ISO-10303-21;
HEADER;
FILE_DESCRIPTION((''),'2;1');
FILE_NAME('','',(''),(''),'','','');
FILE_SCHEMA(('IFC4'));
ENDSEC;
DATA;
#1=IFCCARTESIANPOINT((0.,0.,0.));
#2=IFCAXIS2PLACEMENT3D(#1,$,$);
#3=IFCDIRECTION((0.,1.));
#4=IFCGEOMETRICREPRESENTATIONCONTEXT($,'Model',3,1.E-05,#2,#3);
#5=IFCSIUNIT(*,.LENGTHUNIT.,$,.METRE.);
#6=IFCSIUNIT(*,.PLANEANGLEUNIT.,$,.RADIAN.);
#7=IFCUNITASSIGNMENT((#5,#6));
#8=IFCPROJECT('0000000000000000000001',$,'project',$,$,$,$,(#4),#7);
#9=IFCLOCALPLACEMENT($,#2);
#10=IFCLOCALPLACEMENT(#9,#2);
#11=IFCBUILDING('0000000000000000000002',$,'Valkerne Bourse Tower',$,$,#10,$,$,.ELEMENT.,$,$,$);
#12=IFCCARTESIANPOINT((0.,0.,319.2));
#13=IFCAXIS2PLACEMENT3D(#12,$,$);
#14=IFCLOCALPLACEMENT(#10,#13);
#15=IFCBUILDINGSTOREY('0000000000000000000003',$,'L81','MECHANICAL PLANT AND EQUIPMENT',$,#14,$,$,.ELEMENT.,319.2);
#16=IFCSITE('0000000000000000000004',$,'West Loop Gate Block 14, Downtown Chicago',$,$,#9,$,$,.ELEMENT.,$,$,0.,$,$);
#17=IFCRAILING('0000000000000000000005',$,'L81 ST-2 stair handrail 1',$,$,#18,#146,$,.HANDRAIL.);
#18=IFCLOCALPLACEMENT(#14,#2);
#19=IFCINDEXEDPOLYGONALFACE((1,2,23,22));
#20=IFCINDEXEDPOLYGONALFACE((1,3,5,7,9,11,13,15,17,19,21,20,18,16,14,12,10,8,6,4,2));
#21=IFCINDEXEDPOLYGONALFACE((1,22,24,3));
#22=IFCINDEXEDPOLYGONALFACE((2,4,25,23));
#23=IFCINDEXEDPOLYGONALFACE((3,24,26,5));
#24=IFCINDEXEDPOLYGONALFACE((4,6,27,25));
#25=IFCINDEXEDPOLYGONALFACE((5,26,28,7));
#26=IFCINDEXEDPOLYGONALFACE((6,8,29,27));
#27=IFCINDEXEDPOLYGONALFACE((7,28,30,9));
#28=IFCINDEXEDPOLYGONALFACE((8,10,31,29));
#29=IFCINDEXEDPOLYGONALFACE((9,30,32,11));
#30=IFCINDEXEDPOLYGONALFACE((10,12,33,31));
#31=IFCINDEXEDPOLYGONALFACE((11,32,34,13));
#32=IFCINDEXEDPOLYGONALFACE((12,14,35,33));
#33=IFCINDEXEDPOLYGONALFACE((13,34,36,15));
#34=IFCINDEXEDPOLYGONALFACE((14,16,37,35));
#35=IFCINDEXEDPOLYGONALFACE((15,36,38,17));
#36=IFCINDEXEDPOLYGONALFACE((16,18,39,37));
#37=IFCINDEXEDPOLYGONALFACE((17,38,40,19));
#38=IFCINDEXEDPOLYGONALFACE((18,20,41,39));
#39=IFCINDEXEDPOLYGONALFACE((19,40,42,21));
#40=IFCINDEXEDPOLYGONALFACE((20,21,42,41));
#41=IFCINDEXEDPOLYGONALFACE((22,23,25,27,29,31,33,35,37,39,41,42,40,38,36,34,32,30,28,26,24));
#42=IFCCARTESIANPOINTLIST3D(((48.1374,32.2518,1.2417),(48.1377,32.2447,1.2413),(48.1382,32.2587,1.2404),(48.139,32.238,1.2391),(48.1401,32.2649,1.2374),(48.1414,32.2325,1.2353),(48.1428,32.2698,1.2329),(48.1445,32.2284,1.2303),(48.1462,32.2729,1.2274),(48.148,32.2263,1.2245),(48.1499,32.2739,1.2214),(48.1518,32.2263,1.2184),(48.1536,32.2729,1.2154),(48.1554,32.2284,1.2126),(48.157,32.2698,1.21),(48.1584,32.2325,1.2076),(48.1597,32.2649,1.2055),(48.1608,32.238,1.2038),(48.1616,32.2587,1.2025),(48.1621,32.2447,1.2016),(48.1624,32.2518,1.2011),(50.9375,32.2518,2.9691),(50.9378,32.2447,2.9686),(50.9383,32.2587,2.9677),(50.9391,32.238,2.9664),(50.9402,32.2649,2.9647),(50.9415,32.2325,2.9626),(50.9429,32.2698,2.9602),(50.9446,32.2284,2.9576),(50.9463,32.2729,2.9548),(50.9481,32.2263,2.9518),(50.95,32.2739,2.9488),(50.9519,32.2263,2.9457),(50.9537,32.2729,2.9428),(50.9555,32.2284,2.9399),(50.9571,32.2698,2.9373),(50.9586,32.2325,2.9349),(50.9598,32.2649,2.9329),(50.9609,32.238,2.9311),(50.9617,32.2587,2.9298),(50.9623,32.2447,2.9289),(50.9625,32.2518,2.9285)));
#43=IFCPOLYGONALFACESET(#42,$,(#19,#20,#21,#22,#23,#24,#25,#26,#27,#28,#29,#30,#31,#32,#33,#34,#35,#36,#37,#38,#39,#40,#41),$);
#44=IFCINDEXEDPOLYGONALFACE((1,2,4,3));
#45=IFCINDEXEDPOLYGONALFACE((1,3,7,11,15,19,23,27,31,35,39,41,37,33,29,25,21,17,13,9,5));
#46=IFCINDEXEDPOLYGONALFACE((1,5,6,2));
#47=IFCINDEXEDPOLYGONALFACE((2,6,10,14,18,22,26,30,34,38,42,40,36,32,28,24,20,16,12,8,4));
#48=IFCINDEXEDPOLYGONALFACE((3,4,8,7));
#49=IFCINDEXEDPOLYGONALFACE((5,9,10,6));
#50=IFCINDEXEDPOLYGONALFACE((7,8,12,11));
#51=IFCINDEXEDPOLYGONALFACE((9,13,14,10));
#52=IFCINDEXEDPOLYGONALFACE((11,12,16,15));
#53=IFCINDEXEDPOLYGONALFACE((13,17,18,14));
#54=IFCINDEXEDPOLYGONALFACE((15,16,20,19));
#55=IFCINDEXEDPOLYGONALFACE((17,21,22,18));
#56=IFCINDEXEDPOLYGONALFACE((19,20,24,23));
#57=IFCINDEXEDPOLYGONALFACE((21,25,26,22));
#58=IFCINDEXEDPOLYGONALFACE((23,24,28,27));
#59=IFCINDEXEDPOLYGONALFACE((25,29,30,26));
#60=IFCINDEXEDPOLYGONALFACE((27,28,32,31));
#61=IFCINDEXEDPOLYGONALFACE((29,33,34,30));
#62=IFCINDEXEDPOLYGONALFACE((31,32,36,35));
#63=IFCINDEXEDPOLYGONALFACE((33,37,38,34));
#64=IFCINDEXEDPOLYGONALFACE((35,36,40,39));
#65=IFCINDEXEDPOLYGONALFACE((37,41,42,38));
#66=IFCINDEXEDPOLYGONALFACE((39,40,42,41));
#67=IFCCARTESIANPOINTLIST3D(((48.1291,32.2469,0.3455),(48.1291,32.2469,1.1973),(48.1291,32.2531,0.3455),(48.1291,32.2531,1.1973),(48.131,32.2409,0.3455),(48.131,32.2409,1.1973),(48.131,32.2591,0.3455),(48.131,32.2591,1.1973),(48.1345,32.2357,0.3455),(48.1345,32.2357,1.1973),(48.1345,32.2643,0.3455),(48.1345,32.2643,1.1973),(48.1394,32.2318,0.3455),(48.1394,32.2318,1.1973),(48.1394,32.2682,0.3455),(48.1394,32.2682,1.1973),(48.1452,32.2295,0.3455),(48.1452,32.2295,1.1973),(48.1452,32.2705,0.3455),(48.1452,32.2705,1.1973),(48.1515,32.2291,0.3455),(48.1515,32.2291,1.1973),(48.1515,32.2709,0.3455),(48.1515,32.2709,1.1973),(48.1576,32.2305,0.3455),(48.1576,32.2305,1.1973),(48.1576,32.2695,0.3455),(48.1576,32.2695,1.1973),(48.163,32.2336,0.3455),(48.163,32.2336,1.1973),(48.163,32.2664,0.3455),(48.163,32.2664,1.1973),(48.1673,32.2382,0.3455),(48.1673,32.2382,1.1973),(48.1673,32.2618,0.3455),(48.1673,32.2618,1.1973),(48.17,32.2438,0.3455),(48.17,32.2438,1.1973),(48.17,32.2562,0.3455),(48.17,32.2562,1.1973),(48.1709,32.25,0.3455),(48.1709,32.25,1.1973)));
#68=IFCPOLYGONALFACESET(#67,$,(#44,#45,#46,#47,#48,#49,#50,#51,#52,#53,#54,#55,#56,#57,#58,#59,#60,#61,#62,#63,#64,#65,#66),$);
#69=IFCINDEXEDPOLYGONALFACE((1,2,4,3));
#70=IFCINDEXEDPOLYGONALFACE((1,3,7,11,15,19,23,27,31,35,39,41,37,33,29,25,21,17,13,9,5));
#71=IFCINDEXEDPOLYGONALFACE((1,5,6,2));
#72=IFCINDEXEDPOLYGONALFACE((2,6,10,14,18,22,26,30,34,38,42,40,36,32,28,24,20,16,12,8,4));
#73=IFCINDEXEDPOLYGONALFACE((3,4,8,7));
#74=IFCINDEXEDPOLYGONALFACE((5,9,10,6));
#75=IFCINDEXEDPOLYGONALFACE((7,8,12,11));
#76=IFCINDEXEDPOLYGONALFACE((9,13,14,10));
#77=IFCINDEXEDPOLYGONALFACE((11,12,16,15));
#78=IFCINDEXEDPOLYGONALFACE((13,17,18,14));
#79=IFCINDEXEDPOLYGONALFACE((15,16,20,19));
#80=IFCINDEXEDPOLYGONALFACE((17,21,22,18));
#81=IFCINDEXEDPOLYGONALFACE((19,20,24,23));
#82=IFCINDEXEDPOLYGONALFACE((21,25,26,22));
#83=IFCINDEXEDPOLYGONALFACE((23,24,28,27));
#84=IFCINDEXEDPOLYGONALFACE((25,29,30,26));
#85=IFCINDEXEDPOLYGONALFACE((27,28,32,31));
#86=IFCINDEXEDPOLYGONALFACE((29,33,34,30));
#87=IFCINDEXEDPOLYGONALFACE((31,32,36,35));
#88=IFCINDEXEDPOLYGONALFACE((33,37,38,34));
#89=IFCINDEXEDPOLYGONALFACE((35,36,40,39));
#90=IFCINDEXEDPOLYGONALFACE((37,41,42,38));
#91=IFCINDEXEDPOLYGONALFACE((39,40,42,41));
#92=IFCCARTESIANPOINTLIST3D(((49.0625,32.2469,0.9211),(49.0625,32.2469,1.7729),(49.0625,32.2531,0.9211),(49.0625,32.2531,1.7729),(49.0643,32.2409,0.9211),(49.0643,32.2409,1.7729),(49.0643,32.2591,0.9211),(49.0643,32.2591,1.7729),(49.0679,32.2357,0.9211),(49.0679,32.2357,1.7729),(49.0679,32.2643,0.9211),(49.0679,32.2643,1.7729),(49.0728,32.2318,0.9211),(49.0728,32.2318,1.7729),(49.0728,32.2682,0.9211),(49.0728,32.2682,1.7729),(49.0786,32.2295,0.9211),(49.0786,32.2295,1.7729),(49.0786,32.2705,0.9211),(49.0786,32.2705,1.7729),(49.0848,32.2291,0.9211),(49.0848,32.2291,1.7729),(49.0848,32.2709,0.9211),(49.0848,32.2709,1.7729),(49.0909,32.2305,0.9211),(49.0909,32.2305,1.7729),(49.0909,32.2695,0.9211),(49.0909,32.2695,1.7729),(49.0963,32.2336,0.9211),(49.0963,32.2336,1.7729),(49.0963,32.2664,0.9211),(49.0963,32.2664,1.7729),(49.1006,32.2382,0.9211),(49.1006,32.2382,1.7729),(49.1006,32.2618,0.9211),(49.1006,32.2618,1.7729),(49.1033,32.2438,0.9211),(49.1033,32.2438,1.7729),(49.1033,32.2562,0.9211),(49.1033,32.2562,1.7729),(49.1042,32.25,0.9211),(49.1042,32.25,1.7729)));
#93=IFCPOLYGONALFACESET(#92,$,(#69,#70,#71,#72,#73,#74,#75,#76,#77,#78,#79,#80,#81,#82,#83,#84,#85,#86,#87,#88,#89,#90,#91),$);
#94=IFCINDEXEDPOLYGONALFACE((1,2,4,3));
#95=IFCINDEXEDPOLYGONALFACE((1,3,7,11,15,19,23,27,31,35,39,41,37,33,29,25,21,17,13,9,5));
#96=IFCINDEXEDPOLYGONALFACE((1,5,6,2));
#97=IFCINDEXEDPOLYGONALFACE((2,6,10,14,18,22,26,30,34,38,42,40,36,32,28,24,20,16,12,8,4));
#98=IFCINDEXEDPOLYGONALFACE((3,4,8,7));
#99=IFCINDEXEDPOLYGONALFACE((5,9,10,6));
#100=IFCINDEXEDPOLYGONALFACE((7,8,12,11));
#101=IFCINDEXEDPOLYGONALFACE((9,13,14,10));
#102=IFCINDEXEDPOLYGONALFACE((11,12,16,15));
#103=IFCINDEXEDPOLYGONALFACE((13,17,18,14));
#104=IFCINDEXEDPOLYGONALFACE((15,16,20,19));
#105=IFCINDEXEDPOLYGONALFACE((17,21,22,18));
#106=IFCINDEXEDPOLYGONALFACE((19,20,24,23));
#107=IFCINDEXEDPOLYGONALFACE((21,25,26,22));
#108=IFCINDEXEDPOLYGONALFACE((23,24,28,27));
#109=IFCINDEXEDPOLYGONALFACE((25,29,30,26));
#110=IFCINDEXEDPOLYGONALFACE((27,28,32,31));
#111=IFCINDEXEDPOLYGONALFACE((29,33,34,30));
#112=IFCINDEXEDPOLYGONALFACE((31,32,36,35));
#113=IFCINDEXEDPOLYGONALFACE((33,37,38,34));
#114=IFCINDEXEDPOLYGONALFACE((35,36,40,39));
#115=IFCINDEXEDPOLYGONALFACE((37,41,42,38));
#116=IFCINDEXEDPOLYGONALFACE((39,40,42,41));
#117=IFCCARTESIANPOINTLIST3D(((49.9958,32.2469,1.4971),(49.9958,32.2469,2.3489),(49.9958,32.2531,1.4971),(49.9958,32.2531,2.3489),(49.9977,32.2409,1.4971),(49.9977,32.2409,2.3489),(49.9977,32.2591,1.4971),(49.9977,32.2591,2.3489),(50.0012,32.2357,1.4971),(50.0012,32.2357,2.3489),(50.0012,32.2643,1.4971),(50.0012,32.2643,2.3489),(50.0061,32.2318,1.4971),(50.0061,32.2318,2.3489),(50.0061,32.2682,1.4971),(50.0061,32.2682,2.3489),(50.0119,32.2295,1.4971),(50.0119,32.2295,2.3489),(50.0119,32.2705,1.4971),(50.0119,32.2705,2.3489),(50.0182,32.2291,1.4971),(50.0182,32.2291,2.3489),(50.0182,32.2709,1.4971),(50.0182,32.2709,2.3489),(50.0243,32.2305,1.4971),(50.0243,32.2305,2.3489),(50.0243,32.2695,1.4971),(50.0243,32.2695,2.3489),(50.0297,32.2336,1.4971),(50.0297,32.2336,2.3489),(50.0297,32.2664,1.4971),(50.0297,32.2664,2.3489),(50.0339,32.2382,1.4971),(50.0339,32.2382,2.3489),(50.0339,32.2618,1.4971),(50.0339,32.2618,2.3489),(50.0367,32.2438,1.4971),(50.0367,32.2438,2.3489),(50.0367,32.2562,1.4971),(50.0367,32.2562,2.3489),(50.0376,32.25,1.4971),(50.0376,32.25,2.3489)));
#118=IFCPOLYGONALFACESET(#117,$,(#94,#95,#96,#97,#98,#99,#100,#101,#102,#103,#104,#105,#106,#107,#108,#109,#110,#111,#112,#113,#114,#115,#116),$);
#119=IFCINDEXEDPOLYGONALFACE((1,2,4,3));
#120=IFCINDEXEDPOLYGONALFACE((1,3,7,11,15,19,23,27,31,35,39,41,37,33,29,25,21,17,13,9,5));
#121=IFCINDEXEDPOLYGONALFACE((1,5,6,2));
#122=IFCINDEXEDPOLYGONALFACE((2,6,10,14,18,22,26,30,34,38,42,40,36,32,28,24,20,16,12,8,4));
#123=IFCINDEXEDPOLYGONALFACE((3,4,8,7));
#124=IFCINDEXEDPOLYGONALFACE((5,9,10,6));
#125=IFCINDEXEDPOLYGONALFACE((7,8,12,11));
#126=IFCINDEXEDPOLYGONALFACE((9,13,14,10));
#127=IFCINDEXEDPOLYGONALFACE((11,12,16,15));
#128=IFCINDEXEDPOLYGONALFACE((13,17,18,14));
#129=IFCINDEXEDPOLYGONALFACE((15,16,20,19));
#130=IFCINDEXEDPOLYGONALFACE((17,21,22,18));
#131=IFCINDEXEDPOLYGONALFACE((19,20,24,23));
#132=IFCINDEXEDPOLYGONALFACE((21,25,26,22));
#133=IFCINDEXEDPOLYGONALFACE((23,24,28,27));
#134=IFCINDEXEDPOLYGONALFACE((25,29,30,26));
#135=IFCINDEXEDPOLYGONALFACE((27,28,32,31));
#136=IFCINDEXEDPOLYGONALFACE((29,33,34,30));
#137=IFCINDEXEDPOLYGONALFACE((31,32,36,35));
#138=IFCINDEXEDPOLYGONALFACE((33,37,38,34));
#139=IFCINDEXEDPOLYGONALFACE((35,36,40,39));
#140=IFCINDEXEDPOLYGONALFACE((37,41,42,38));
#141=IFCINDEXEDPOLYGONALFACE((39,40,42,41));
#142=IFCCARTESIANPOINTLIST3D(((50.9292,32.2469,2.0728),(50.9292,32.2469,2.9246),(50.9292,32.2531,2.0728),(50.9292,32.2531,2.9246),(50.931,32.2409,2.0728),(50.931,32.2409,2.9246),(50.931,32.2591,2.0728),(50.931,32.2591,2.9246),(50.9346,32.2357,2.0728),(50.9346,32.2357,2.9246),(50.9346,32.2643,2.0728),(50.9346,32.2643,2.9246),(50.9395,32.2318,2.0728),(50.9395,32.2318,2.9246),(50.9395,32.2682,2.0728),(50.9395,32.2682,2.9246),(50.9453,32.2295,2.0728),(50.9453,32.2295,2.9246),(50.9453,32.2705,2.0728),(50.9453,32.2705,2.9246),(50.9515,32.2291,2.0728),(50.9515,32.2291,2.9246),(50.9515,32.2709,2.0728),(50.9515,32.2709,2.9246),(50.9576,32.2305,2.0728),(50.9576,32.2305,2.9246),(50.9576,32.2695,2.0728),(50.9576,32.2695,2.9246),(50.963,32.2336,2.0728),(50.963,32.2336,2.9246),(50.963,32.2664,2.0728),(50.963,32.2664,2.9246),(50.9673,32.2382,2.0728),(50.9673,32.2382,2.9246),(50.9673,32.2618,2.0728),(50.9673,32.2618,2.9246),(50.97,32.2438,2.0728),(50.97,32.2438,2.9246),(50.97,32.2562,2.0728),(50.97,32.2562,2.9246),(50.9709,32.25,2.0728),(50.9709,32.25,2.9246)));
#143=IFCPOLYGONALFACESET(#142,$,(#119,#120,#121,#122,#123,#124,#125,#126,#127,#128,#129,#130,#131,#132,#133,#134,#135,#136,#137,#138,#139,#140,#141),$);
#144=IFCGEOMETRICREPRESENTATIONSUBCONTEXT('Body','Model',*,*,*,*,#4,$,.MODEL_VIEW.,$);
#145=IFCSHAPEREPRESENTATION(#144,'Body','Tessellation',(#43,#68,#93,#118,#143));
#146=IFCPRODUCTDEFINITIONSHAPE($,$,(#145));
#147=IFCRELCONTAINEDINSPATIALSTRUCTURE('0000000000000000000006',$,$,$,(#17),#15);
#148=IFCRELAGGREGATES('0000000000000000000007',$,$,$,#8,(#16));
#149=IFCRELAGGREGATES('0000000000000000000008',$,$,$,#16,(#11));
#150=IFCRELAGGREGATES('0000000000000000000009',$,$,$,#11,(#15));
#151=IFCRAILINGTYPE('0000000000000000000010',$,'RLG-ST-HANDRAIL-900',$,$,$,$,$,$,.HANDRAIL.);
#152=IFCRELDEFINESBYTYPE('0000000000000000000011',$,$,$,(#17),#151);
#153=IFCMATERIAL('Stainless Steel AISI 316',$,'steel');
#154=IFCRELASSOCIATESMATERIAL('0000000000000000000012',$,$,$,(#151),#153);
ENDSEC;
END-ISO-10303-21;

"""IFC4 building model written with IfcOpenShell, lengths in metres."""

from ifc_helpers import new_model, si_unit, direction, frame, origin, origin_2d, place, context, subcontext, project, spatial, circle, extrude, material, type_object, element, save


model = new_model("IFC4")

# Units and contexts
model_context = context("Model", 3, precision=1e-05, world=origin(), true_north=direction((0.0, 1.0)))
body_context = subcontext(model_context, "Body", "Model", "MODEL_VIEW")
ifc_project = project(units=[si_unit("LENGTHUNIT", "METRE"), si_unit("PLANEANGLEUNIT", "RADIAN")], contexts=[model_context])

# Site, building, storey
site_placement = place(None, origin())
site = spatial("IfcSite", under=ifc_project, at=site_placement, Name="West Loop Gate Block 14, Downtown Chicago", CompositionType="ELEMENT", RefElevation=0.0)
building_placement = place(site_placement, origin())
building = spatial("IfcBuilding", under=site, at=building_placement, Name="Valkerne Bourse Tower", CompositionType="ELEMENT")
storey_placement = place(building_placement, frame((0.0, 0.0, 319.2)))
storey = spatial("IfcBuildingStorey", under=building, at=storey_placement, Name="L81", Description="MECHANICAL PLANT AND EQUIPMENT", CompositionType="ELEMENT", Elevation=319.2)

# Shared definitions
ifc_material_1 = material(Name="Stainless Steel AISI 316", Category="steel")

# Railing
railing_type_1 = type_object("IfcRailingType", Name="RLG-ST-HANDRAIL-900", PredefinedType="HANDRAIL", material=ifc_material_1)
railing_1_placement = place(storey_placement, frame((48.1499, 32.25, 0.3455)))
element("IfcRailing", 1, at=railing_1_placement, inside=storey, type_object=railing_type_1, Name="L81 ST-2 stair handrail 1", PredefinedType="HANDRAIL", context=body_context, shape_type="SweptSolid", body=[
    extrude(circle(Radius=0.0239, at=origin_2d()), frame((0.0, 0.0, 0.876), z_axis=(0.85109, 0.0, 0.52502), x_axis=(0.0, 1.0, 0.0)), (0.0, 0.0, 1.0), 3.29),
    extrude(circle(Radius=0.021, at=origin_2d()), origin(), (0.0, 0.0, 1.0), 0.8518),
    extrude(circle(Radius=0.021, at=origin_2d()), frame((0.9333, 0.0, 0.5757)), (0.0, 0.0, 1.0), 0.8518),
    extrude(circle(Radius=0.021, at=origin_2d()), frame((1.8667, 0.0, 1.1516)), (0.0, 0.0, 1.0), 0.8518),
    extrude(circle(Radius=0.021, at=origin_2d()), frame((2.8, 0.0, 1.7273)), (0.0, 0.0, 1.0), 0.8518),
])

save(model, "model.ifc")
